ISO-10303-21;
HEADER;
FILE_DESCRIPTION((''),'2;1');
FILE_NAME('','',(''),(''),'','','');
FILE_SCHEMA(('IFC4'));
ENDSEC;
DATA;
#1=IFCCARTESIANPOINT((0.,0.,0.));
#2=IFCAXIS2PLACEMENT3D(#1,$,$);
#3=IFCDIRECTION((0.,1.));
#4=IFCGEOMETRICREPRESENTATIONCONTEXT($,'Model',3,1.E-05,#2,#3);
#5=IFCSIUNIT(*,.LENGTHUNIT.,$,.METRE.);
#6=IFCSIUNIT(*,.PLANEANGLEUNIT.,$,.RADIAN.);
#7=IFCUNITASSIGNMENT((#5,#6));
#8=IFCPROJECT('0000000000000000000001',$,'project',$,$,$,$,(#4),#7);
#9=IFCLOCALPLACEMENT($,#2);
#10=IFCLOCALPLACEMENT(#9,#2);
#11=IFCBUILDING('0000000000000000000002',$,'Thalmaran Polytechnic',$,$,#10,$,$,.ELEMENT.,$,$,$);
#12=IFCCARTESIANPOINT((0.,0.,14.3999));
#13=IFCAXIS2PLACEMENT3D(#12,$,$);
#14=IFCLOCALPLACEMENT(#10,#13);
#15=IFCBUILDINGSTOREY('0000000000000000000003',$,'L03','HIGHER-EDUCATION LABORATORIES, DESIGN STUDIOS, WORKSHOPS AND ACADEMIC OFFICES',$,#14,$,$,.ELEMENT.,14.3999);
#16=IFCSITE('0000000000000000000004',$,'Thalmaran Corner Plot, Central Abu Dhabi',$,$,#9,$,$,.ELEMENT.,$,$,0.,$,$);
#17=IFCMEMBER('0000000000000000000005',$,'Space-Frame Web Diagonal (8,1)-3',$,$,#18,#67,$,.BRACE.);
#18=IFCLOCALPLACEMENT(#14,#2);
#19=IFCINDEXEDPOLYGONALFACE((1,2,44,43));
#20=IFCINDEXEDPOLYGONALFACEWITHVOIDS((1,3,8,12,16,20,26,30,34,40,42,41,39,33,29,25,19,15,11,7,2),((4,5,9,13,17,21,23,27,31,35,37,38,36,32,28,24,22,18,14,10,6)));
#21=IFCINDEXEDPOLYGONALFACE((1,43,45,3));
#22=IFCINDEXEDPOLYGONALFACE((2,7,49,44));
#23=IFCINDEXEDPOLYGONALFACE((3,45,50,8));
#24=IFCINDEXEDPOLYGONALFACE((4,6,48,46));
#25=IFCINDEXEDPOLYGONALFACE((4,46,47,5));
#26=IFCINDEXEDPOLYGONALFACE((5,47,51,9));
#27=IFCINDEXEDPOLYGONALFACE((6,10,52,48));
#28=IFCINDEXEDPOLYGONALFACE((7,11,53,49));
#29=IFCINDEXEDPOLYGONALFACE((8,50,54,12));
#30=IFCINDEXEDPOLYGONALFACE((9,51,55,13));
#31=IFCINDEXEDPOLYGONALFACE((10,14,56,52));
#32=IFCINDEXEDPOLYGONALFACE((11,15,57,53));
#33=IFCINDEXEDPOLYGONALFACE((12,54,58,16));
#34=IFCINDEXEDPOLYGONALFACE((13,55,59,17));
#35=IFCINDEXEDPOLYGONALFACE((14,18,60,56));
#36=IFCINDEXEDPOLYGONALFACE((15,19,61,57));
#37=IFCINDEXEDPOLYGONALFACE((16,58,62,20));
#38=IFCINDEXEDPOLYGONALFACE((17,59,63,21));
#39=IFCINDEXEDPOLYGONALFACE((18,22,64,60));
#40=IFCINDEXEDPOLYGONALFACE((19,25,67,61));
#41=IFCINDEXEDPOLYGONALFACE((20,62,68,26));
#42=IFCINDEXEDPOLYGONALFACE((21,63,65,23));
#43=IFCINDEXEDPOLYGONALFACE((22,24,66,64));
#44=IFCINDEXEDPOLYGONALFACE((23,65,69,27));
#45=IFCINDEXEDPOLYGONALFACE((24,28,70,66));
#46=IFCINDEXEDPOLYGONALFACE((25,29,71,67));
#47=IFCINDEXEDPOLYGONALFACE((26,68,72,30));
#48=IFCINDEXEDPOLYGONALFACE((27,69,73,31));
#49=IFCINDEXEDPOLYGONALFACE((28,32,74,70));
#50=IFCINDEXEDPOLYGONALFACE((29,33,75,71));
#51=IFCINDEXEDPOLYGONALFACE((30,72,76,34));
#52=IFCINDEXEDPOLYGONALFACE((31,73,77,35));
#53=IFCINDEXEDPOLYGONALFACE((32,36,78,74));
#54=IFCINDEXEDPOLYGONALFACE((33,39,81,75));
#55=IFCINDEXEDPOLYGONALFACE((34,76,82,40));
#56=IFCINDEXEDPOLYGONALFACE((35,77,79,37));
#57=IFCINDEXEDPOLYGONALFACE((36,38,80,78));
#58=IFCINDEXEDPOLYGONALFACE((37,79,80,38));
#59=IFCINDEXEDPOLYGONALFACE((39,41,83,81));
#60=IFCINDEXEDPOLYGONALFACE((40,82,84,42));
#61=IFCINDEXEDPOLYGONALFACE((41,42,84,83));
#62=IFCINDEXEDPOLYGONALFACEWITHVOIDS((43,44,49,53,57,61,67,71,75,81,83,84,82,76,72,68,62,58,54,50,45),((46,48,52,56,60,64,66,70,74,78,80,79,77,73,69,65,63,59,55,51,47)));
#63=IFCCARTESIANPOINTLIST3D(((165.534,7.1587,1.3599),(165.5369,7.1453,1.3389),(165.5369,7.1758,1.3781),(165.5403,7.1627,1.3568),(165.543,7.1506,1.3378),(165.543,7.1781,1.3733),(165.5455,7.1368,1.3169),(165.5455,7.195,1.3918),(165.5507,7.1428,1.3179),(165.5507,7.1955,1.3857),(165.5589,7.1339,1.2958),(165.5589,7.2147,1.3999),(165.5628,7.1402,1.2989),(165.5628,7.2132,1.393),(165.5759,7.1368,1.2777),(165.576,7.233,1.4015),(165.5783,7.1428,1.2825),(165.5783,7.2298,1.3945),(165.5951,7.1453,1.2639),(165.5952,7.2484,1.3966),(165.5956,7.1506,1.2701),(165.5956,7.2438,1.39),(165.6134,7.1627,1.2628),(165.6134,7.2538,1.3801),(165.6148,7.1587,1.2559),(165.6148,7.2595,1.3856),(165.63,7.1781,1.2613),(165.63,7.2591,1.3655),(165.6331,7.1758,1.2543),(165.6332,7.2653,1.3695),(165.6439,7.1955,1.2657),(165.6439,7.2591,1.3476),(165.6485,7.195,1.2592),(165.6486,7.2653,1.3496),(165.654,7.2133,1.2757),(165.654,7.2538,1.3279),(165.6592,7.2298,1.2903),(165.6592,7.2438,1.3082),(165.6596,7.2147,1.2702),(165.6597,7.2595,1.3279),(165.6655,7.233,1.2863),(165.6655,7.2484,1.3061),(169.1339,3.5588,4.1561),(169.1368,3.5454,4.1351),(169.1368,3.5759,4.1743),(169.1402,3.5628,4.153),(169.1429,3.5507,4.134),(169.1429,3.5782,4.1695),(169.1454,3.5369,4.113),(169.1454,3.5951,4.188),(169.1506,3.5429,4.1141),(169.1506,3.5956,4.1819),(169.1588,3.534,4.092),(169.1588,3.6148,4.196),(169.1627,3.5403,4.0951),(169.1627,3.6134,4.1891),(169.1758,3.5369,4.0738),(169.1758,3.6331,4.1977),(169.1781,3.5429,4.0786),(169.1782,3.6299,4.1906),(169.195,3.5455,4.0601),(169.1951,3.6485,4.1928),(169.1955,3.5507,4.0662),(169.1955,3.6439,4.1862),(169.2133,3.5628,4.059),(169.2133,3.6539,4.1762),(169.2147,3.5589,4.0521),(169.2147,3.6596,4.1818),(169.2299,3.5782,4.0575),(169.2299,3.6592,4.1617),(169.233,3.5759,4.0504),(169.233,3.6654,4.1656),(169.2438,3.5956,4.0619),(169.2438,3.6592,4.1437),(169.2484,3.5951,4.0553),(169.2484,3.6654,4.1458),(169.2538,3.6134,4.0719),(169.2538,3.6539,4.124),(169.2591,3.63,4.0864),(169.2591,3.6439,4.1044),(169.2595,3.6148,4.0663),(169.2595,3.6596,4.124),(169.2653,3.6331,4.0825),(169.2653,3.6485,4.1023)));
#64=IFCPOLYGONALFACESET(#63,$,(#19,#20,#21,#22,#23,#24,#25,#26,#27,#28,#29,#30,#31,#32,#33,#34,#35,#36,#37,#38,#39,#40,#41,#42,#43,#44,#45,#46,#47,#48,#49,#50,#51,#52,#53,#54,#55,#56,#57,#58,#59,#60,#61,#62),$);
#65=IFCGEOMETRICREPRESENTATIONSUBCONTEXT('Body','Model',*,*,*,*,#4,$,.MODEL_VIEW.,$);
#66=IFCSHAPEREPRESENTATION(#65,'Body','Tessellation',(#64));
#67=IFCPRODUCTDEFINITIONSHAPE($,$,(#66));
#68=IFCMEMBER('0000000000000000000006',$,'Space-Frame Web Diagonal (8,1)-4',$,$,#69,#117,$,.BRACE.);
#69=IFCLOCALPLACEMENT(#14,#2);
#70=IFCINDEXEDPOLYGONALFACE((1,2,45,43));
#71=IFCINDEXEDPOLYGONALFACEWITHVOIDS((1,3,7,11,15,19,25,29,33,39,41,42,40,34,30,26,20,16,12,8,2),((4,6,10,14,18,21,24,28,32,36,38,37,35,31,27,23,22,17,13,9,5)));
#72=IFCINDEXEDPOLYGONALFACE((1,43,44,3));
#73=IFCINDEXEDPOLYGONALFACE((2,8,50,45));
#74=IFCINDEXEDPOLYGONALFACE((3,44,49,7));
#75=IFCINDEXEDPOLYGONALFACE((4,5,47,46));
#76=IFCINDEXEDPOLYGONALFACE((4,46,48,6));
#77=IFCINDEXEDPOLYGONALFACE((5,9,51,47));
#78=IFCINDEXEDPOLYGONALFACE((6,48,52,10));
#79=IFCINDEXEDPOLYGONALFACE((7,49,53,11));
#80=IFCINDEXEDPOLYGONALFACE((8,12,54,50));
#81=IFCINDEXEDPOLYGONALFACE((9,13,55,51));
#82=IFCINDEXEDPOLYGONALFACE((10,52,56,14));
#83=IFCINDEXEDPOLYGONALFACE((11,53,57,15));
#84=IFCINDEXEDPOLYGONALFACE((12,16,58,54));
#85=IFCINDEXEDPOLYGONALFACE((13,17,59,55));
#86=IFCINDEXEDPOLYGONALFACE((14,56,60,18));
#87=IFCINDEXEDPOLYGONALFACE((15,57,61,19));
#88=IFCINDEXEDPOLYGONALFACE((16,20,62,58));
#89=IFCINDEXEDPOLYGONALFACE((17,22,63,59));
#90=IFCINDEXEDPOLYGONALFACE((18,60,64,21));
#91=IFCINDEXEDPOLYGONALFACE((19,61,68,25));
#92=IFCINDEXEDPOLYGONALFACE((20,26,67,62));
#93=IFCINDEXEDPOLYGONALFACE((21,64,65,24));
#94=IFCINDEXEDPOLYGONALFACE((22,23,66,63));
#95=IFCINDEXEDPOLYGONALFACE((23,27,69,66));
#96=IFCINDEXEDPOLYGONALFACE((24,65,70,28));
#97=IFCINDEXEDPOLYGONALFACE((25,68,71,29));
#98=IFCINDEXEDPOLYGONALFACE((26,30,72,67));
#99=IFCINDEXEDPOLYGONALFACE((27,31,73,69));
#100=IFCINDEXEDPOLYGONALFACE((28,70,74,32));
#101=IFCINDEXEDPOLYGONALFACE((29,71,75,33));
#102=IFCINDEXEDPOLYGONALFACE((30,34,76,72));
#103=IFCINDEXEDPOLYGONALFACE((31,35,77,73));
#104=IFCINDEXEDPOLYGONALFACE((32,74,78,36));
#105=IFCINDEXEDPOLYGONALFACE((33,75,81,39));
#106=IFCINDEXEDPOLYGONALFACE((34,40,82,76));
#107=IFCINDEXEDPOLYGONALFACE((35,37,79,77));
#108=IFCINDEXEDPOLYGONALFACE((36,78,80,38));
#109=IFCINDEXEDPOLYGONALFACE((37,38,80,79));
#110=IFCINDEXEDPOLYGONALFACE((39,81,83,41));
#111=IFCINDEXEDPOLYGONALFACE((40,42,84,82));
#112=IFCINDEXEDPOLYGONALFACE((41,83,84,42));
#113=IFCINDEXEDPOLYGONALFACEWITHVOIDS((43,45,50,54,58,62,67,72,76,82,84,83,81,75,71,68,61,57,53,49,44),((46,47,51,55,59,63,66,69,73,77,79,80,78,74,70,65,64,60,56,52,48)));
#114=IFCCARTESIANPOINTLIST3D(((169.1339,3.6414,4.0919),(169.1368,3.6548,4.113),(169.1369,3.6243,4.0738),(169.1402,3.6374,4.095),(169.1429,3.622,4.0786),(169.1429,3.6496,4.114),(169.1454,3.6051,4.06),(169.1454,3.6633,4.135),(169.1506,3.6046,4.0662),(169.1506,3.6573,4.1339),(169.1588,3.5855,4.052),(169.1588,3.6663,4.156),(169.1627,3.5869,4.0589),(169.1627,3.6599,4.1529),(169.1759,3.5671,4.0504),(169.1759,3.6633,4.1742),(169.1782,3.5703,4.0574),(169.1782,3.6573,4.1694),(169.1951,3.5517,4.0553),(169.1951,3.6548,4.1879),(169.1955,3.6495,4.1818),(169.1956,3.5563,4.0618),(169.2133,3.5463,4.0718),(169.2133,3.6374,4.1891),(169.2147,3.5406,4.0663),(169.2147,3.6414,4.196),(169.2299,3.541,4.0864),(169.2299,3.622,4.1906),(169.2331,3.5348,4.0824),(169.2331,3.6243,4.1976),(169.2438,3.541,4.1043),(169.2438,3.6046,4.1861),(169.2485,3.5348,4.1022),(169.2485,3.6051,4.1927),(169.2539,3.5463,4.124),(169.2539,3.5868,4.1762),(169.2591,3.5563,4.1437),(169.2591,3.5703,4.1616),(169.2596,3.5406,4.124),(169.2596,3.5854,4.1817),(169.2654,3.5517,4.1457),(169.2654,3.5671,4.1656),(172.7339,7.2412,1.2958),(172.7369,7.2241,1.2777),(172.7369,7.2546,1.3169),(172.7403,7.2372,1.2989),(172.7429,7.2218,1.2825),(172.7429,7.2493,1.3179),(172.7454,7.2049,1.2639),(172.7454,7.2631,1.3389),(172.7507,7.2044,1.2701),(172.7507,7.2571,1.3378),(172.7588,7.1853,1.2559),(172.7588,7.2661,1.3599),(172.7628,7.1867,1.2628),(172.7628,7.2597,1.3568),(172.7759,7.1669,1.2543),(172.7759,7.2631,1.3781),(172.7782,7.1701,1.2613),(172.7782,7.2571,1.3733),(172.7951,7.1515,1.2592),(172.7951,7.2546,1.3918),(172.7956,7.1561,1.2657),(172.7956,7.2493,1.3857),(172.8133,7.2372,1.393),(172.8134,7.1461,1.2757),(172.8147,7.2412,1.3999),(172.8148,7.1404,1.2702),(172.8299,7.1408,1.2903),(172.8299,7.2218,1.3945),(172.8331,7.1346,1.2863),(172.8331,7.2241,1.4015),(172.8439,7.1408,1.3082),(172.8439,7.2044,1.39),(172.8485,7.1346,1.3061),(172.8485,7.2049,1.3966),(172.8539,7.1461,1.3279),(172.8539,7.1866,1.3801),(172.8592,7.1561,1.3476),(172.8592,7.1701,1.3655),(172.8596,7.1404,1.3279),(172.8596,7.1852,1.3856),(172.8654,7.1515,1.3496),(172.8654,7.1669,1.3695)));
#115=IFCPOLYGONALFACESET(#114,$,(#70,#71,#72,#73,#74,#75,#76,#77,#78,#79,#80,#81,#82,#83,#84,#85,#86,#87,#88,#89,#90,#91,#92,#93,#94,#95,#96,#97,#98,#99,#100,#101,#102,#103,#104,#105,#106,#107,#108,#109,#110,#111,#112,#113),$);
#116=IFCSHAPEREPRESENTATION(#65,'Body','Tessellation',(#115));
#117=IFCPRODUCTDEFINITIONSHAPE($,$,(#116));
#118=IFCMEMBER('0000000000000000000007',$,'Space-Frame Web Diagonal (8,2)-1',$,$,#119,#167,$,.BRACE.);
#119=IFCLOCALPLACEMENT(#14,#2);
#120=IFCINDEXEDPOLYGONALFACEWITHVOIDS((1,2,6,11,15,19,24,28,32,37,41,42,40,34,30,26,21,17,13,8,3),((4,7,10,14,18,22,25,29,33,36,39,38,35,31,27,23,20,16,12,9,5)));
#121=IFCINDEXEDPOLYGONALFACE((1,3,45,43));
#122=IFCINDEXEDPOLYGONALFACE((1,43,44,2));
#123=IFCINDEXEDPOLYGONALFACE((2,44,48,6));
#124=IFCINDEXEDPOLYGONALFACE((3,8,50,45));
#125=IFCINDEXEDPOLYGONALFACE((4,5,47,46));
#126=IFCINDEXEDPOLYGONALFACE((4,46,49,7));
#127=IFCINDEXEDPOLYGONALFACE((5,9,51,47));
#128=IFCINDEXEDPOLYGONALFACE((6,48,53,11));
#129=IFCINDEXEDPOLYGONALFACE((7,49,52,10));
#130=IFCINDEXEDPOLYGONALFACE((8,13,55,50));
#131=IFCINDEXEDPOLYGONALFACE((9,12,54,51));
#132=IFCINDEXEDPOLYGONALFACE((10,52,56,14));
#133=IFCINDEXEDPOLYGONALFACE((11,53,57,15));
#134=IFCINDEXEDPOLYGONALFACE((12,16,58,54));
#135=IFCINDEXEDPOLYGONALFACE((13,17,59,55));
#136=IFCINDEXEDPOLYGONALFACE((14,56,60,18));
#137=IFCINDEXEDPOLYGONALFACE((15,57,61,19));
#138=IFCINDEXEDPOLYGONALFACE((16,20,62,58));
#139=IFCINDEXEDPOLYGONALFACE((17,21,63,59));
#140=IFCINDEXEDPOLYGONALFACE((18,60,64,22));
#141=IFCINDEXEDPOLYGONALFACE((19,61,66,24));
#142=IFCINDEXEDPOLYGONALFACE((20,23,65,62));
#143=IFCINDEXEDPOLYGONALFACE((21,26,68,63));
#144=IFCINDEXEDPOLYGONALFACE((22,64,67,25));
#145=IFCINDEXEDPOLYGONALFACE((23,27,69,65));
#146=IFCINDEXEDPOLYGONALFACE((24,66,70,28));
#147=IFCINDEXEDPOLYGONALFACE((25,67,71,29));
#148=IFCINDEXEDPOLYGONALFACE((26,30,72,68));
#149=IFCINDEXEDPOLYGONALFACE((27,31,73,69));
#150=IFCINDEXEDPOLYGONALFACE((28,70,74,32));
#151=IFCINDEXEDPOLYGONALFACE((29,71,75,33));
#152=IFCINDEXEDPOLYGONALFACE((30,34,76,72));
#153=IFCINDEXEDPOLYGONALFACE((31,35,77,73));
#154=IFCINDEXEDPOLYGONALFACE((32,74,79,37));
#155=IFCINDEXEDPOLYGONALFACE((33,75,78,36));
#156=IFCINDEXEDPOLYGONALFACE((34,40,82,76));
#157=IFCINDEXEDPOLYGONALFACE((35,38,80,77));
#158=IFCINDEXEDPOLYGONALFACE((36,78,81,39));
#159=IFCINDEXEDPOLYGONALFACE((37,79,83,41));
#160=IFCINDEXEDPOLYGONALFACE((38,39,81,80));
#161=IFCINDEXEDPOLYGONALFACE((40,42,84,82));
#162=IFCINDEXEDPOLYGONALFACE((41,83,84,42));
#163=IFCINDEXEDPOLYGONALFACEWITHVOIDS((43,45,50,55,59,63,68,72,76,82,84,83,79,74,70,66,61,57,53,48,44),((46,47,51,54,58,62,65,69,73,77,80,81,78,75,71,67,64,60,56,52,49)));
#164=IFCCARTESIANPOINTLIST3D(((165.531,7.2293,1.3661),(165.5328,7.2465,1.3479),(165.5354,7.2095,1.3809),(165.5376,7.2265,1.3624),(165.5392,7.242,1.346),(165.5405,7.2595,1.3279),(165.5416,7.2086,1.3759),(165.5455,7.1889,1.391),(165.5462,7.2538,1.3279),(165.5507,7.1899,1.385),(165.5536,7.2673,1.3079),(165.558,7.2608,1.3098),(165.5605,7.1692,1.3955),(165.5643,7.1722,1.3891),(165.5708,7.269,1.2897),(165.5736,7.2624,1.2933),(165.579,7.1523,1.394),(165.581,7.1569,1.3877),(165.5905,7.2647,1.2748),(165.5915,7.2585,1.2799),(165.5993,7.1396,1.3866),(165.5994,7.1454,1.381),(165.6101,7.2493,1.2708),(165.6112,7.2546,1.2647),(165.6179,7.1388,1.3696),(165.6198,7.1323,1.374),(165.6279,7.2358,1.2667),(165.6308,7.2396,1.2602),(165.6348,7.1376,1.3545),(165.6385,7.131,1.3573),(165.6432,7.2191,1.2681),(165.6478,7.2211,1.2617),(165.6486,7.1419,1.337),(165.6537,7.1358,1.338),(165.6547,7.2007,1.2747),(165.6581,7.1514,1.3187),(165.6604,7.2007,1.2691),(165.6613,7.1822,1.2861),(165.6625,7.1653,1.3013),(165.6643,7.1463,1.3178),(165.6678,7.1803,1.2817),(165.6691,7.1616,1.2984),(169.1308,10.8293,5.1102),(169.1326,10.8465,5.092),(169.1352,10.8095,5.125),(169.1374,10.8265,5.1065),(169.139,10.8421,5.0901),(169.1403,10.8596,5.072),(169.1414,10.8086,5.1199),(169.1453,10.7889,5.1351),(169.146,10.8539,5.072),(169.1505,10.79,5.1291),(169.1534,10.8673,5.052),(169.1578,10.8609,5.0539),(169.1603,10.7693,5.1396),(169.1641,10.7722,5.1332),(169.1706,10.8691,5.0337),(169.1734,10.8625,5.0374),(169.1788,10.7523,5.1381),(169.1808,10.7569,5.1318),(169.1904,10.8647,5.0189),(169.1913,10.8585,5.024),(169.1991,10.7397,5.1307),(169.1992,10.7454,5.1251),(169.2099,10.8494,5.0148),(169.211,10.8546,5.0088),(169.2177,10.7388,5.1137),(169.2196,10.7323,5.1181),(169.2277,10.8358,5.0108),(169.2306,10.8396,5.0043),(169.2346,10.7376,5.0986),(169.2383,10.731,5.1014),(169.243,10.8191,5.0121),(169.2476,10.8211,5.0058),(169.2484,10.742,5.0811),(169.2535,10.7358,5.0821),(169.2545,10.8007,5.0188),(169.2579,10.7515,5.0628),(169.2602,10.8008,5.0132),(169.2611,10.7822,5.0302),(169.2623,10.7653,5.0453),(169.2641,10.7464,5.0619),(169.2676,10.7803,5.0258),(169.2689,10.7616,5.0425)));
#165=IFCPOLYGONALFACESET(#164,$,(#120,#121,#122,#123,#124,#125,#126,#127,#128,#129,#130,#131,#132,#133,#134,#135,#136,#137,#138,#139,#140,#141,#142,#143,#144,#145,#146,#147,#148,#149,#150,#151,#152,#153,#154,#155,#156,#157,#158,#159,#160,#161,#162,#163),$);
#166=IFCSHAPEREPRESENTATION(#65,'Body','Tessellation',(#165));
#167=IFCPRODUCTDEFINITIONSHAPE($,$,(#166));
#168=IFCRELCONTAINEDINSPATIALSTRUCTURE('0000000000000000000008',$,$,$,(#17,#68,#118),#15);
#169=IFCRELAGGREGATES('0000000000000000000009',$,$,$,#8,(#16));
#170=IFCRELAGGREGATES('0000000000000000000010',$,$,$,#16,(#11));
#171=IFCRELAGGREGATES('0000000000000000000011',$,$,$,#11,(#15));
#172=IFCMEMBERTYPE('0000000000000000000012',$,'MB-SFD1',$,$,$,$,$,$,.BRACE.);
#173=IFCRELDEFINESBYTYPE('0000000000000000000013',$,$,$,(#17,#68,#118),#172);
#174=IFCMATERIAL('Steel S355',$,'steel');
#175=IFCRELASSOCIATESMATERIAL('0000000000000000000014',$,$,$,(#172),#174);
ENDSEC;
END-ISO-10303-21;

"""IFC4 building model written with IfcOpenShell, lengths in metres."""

from ifc_helpers import new_model, si_unit, direction, frame, origin, origin_2d, place, context, subcontext, project, spatial, hollow_circle, extrude, material, material_profile, profile_set, type_object, element, save


model = new_model("IFC4")

# Units and contexts
model_context = context("Model", 3, precision=1e-05, world=origin(), true_north=direction((0.0, 1.0)))
body_context = subcontext(model_context, "Body", "Model", "MODEL_VIEW")
ifc_project = project(units=[si_unit("LENGTHUNIT", "METRE"), si_unit("PLANEANGLEUNIT", "RADIAN")], contexts=[model_context])

# Site, building, storey
site_placement = place(None, origin())
site = spatial("IfcSite", under=ifc_project, at=site_placement, Name="Thalmaran Corner Plot, Central Abu Dhabi", CompositionType="ELEMENT", RefElevation=0.0)
building_placement = place(site_placement, origin())
building = spatial("IfcBuilding", under=site, at=building_placement, Name="Thalmaran Polytechnic", CompositionType="ELEMENT")
storey_placement = place(building_placement, frame((0.0, 0.0, 14.3999)))
storey = spatial("IfcBuildingStorey", under=building, at=storey_placement, Name="L03", Description="HIGHER-EDUCATION LABORATORIES, DESIGN STUDIOS, WORKSHOPS AND ACADEMIC OFFICES", CompositionType="ELEMENT", Elevation=14.3999)

# Shared definitions
ifc_material_1 = material(Name="Steel S355", Category="steel")

# Members
ifc_material_profile_1 = material_profile(ifc_material_1, hollow_circle(Radius=0.0842, WallThickness=0.0081, at=origin_2d()), Name="CHS 168.3x8.0")
ifc_profile_set_1 = profile_set([ifc_material_profile_1], Name="Steel S355")
member_type_1 = type_object("IfcMemberType", Name="MB-SFD1", PredefinedType="BRACE", material=ifc_profile_set_1)
for number, where, z_axis, x_axis, name in (
    (1, (165.6001, 7.2, 1.3279), (0.619778, -0.619778, 0.481405), (0.707107, 0.707107, 0.0), "Space-Frame Web Diagonal (8,1)-3"),
    (2, (172.8, 7.2, 1.3279), (-0.619804, -0.619762, 0.481392), (0.707083, -0.707131, 0.0), "Space-Frame Web Diagonal (8,1)-4"),
):
    element("IfcMember", number, at=place(storey_placement, frame(where, z_axis=z_axis, x_axis=x_axis)), inside=storey, type_object=member_type_1, Name=name, PredefinedType="BRACE", context=body_context, shape_type="SweptSolid", body=[
        extrude(hollow_circle(Radius=0.0842, WallThickness=0.0081, at=origin_2d()), origin(), (0.0, 0.0, 1.0), 5.8083),
    ])
member_1_placement = place(storey_placement, frame((165.6001, 7.2, 1.3279), z_axis=(0.569627, 0.569665, 0.592458), x_axis=(-0.707131, 0.707083, 0.0)))
element("IfcMember", 3, at=member_1_placement, inside=storey, type_object=member_type_1, Name="Space-Frame Web Diagonal (8,2)-1", PredefinedType="BRACE", context=body_context, shape_type="SweptSolid", body=[
    extrude(hollow_circle(Radius=0.0842, WallThickness=0.0081, at=origin_2d()), origin(), (0.0, 0.0, 1.0), 6.3196),
])

save(model, "model.ifc")
